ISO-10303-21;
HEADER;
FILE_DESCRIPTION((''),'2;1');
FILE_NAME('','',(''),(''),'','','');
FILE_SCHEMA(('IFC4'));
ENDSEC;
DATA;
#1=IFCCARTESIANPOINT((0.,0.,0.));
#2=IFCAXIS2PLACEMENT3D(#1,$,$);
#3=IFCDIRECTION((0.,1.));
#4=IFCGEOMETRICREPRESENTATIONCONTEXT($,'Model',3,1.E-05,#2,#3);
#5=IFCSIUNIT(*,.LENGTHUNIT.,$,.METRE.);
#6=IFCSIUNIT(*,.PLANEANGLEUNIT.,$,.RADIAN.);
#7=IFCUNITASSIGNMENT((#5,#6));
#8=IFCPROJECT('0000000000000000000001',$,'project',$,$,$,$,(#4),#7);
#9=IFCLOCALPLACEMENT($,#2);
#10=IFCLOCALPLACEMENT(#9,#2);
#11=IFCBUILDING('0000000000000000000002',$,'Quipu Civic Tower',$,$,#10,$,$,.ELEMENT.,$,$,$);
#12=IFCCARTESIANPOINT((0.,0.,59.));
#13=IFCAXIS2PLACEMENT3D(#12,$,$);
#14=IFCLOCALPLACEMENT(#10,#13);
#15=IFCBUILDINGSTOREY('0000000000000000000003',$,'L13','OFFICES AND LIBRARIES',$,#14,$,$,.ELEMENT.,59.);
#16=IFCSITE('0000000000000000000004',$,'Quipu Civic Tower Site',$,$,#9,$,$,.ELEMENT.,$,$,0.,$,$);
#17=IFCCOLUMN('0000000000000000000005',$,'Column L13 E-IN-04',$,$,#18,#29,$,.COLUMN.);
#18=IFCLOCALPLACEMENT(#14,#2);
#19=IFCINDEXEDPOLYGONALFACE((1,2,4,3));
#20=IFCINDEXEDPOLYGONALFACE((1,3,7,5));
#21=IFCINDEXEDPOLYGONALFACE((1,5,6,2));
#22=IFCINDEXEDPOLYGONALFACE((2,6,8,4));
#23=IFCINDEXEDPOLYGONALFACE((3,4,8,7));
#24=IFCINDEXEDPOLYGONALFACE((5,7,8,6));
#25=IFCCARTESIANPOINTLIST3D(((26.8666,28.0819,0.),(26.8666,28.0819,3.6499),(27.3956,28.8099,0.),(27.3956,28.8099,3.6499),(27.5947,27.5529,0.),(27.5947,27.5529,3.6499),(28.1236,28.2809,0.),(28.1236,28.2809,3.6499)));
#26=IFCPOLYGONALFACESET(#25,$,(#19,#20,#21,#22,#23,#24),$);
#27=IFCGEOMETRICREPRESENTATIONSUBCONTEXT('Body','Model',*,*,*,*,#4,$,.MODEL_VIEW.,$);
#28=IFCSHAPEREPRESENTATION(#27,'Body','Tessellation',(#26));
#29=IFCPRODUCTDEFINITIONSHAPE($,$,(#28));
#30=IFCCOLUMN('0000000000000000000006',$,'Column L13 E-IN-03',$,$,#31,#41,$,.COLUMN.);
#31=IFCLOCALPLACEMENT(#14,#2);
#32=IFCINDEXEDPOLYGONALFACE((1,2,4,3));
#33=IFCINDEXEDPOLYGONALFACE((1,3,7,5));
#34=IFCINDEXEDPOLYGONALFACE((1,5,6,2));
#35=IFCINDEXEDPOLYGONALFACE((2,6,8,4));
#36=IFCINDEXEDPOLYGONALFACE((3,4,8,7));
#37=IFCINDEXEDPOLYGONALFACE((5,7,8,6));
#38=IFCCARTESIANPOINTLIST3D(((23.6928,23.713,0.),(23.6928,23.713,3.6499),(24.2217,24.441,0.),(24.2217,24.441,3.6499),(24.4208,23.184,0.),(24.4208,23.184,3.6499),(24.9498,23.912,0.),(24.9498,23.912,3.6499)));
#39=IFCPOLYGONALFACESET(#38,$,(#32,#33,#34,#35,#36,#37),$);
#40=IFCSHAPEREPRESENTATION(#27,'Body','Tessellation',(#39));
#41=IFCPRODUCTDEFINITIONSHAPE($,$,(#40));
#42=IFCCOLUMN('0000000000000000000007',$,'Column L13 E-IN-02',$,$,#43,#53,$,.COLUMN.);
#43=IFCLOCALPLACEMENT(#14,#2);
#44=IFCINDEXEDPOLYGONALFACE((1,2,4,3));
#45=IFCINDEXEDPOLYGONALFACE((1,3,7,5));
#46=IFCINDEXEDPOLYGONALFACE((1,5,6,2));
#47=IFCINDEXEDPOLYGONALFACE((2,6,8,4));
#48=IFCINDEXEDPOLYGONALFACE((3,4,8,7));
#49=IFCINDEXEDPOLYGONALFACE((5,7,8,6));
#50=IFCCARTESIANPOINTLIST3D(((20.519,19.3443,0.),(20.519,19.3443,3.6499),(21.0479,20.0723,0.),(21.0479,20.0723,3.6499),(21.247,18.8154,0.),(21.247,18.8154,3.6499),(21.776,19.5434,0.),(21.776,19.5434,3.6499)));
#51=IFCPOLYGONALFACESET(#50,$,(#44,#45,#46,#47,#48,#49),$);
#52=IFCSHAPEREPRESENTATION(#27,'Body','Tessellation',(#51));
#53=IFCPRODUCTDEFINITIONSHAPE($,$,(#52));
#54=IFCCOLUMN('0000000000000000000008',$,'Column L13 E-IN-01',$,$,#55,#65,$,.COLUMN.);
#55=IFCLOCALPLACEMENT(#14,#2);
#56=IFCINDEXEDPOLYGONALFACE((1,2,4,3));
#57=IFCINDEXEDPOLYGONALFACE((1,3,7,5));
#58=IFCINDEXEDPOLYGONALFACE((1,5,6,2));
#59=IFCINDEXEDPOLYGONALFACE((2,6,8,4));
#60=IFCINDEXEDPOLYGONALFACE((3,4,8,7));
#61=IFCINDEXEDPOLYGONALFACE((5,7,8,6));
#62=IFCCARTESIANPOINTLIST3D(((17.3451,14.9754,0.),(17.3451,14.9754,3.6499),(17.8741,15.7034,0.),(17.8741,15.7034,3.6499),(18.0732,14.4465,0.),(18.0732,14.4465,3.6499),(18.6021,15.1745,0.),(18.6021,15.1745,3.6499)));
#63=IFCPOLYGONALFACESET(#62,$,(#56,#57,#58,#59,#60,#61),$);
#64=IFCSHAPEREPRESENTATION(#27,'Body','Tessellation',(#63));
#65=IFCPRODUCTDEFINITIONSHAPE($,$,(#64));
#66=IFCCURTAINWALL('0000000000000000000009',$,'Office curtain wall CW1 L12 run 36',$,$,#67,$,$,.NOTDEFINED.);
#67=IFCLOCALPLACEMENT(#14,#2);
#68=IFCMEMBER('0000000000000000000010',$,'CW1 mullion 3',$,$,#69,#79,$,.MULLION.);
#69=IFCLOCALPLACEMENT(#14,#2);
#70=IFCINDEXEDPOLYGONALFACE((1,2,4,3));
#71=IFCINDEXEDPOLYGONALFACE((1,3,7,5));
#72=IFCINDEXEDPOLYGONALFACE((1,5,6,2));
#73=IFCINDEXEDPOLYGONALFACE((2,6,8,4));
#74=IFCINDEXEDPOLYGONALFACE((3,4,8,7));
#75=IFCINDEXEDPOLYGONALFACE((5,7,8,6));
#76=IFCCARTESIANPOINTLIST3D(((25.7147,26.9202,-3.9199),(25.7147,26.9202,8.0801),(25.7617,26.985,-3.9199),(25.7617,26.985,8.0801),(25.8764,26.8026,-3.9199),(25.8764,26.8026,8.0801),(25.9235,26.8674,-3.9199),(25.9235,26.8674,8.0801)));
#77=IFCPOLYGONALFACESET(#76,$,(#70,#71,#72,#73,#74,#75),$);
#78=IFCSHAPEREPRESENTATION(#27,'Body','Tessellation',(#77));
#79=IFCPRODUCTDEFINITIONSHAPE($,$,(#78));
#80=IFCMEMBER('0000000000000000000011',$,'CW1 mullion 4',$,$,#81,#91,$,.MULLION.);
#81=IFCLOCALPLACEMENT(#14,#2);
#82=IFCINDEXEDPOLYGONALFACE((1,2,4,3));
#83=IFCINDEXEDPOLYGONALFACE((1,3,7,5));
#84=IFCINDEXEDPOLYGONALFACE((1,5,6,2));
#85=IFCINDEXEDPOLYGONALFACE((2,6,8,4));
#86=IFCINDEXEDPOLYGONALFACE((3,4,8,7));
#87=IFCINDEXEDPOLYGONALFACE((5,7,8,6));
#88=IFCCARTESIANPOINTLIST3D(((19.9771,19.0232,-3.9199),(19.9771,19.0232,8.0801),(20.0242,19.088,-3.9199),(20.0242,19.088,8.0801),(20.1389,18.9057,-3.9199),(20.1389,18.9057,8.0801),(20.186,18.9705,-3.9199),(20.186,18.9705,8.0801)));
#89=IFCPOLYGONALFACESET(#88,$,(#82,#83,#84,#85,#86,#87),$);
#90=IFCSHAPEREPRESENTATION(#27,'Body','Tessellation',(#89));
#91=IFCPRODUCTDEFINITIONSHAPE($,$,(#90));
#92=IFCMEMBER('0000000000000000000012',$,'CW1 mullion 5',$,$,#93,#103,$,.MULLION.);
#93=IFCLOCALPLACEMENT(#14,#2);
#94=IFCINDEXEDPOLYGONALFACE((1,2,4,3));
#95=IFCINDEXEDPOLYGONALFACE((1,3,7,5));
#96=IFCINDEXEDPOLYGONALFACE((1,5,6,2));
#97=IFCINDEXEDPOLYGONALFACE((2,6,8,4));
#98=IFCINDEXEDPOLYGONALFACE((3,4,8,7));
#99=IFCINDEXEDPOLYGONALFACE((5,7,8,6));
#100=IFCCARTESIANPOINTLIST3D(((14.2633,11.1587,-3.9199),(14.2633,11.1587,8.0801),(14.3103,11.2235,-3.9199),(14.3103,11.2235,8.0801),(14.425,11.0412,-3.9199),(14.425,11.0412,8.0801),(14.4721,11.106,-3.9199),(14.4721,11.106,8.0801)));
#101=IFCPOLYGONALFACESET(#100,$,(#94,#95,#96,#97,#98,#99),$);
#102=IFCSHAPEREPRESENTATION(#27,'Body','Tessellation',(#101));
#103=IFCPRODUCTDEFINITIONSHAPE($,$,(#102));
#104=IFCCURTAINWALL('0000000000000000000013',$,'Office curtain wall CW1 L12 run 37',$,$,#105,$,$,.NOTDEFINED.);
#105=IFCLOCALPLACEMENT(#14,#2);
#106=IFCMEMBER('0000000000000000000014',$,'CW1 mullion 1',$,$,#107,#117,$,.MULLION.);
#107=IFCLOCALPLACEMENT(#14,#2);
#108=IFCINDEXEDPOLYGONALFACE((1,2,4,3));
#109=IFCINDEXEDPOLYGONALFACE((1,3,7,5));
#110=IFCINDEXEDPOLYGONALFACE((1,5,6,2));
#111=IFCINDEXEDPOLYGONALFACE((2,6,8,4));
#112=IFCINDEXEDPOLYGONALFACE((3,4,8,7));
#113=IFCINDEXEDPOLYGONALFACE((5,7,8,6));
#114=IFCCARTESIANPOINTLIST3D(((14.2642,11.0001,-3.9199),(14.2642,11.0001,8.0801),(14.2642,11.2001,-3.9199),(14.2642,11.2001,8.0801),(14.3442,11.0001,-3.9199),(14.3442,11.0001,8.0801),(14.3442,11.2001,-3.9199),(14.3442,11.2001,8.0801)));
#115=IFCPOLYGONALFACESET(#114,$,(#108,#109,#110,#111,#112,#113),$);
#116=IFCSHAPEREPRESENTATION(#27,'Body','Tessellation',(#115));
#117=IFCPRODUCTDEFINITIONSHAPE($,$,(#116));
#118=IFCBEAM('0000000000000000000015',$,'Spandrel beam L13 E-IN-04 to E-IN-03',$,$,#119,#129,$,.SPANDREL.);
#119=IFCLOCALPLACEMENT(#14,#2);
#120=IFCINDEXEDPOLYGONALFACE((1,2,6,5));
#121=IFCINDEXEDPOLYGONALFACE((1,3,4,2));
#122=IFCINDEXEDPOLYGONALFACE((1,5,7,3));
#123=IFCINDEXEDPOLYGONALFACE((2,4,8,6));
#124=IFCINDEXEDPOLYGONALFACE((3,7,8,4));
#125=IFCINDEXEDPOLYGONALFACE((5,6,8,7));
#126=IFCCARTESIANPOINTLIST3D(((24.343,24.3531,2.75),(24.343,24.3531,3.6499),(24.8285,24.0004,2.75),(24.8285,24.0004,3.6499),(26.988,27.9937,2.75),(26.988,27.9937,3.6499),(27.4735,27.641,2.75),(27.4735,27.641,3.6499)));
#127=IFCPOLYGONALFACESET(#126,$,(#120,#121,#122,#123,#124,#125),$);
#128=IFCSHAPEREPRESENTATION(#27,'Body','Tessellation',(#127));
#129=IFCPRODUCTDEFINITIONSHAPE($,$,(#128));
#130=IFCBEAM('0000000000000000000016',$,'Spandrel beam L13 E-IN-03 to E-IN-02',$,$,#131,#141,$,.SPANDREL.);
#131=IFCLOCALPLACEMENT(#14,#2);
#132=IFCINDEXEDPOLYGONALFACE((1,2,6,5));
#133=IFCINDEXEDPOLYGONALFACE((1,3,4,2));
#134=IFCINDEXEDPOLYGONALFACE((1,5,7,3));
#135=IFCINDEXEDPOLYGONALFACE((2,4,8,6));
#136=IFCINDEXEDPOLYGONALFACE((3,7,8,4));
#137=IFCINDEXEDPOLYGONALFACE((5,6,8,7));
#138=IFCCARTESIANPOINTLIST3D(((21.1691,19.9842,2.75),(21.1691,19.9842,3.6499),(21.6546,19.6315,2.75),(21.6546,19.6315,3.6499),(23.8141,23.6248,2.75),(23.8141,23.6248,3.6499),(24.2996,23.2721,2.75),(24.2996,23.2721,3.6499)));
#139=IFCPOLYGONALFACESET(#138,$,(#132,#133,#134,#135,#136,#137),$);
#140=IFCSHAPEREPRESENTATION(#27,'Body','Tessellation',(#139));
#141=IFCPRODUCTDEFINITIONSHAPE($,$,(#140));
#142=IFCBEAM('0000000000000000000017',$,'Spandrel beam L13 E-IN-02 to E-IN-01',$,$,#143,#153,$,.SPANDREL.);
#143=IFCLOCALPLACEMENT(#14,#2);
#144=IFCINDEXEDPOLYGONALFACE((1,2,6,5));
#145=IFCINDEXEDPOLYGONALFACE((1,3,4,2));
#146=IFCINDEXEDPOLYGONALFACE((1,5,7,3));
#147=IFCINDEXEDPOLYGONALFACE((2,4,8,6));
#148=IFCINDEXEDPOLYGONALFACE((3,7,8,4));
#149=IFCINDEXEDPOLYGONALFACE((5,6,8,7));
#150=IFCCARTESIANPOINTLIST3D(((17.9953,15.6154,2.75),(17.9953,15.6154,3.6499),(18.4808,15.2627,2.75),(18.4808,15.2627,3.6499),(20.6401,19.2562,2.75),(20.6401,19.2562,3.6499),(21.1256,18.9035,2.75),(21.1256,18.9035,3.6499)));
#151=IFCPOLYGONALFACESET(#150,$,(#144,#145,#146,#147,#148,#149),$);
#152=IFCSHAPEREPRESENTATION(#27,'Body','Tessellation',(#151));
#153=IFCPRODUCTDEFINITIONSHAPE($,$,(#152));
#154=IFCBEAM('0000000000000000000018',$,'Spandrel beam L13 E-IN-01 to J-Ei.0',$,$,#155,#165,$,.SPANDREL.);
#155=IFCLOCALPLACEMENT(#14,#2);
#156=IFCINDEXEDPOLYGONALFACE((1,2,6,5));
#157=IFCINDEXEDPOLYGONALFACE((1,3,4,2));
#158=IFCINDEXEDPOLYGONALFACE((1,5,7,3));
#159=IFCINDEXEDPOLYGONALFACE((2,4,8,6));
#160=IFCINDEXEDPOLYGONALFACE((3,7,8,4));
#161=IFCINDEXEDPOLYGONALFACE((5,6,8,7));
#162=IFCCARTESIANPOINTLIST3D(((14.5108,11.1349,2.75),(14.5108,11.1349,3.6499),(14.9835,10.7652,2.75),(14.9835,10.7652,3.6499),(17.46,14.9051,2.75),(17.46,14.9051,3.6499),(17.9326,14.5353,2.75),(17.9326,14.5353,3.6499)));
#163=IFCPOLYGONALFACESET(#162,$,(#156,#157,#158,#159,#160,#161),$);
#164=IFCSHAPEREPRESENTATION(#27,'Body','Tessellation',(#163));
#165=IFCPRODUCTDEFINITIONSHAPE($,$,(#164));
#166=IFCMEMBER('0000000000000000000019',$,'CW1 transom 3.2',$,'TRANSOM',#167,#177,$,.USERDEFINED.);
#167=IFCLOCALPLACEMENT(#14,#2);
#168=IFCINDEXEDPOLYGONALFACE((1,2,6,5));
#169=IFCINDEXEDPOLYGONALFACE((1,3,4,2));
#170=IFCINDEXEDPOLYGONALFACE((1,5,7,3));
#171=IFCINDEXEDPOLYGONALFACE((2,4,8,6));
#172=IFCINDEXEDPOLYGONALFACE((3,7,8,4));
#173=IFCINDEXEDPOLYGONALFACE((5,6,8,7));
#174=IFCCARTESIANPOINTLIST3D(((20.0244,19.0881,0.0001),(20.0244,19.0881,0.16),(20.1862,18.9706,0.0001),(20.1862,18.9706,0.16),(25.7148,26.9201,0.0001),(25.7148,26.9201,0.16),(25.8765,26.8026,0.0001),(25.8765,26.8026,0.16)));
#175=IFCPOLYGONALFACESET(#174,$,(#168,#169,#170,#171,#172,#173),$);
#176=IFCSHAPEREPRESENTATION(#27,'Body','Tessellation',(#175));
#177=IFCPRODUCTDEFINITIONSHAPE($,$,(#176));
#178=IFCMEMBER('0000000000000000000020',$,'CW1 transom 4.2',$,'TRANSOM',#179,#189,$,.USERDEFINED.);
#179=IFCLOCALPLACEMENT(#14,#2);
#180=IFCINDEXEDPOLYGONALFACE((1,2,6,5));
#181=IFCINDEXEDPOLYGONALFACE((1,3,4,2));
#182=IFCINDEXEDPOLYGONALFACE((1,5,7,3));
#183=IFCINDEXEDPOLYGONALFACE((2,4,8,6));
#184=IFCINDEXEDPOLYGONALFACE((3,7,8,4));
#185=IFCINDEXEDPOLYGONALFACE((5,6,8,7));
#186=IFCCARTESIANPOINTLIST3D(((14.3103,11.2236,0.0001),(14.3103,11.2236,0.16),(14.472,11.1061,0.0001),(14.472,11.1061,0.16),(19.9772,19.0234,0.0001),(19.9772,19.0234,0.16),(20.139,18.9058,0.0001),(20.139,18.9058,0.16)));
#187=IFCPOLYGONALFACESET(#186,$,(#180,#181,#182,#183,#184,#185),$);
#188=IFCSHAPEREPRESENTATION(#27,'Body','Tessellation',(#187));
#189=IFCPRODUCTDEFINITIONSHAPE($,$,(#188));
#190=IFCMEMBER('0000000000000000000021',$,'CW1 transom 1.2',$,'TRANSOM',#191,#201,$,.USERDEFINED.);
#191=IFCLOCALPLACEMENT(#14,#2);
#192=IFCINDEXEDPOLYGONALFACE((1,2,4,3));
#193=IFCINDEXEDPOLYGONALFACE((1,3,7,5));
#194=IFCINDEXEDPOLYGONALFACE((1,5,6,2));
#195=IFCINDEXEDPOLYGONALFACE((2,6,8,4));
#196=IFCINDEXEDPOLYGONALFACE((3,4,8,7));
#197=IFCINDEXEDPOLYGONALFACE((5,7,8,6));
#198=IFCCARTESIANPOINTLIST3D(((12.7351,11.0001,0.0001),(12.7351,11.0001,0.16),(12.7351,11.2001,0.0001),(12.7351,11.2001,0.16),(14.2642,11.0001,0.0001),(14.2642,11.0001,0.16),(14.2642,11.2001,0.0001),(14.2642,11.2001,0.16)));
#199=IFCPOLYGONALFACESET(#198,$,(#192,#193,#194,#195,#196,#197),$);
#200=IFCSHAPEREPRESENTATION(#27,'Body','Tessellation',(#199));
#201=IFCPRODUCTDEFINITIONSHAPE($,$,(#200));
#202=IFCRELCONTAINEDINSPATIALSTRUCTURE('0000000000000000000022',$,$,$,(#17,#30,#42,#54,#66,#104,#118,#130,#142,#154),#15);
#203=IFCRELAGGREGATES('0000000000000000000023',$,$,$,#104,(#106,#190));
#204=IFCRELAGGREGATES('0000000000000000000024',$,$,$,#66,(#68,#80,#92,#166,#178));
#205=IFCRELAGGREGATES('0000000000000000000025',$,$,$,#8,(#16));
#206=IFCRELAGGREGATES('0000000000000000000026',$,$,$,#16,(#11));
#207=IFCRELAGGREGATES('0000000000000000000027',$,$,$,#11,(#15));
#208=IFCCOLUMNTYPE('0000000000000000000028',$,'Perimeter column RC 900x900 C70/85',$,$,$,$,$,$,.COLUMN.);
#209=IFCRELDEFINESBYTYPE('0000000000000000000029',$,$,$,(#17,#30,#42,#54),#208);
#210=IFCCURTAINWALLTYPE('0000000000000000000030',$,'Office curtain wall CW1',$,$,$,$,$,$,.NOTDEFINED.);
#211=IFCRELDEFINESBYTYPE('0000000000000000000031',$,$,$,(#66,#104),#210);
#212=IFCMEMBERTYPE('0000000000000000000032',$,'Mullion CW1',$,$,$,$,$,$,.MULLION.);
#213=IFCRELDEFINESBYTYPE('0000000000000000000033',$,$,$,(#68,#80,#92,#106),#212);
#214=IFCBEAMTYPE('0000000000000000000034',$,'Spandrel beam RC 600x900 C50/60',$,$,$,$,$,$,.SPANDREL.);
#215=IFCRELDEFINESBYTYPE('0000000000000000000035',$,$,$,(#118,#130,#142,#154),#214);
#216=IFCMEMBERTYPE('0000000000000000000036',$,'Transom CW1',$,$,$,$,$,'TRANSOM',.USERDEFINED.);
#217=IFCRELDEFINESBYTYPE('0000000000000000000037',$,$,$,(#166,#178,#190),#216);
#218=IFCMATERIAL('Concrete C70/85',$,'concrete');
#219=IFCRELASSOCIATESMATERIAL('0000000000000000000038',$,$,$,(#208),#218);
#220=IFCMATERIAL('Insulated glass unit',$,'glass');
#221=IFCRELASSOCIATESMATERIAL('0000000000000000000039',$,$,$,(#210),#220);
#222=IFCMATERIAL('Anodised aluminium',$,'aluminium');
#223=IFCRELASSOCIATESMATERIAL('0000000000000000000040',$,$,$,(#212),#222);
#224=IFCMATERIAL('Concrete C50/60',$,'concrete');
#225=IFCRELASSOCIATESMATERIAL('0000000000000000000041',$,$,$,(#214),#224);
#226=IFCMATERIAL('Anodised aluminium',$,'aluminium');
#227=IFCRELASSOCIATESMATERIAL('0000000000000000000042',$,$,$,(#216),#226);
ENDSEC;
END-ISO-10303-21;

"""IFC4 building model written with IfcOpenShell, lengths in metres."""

from ifc_helpers import new_model, si_unit, direction, frame, origin, origin_2d, place, context, subcontext, project, spatial, rectangle, extrude, material, material_profile, profile_set, type_object, element, aggregate, save


model = new_model("IFC4")

# Units and contexts
model_context = context("Model", 3, precision=1e-05, world=origin(), true_north=direction((0.0, 1.0)))
body_context = subcontext(model_context, "Body", "Model", "MODEL_VIEW")
ifc_project = project(units=[si_unit("LENGTHUNIT", "METRE"), si_unit("PLANEANGLEUNIT", "RADIAN")], contexts=[model_context])

# Site, building, storey
site_placement = place(None, origin())
site = spatial("IfcSite", under=ifc_project, at=site_placement, Name="Quipu Civic Tower Site", CompositionType="ELEMENT", RefElevation=0.0)
building_placement = place(site_placement, origin())
building = spatial("IfcBuilding", under=site, at=building_placement, Name="Quipu Civic Tower", CompositionType="ELEMENT")
storey_placement = place(building_placement, frame((0.0, 0.0, 59.0)))
storey = spatial("IfcBuildingStorey", under=building, at=storey_placement, Name="L13", Description="OFFICES AND LIBRARIES", CompositionType="ELEMENT", Elevation=59.0)

# Columns
ifc_material_1 = material(Name="Concrete C70/85", Category="concrete")
ifc_material_profile_1 = material_profile(ifc_material_1, rectangle(XDim=0.8999, YDim=0.8999, at=origin_2d()), Name="RC900x900")
ifc_profile_set_1 = profile_set([ifc_material_profile_1], Name="Concrete C70/85")
column_type = type_object("IfcColumnType", Name="Perimeter column RC 900x900 C70/85", PredefinedType="COLUMN", material=ifc_profile_set_1)
for number, where, z_axis, x_axis, name in (
    (1, (27.4951, 28.1814, 0.0), (0.0, 0.0, 1.0), (-0.587785, -0.809017, 0.0), "Column L13 E-IN-04"),
    (2, (24.3213, 23.8125, 0.0), (0.0, 0.0, 1.0), (-0.587785, -0.809017, 0.0), "Column L13 E-IN-03"),
    (3, (21.1475, 19.4438, 0.0), (0.0, 0.0, 1.0), (-0.587785, -0.809017, 0.0), "Column L13 E-IN-02"),
    (4, (17.9736, 15.075, 0.0), (0.0, 0.0, 1.0), (-0.587785, -0.809017, 0.0), "Column L13 E-IN-01"),
):
    element("IfcColumn", number, at=place(storey_placement, frame(where, z_axis=z_axis, x_axis=x_axis)), inside=storey, type_object=column_type, Name=name, PredefinedType="COLUMN", context=body_context, shape_type="SweptSolid", body=[
        extrude(rectangle(XDim=0.8999, YDim=0.8999, at=origin_2d()), origin(), (0.0, 0.0, 1.0), 3.6499),
    ])

# Curtain wall, members
ifc_material_2 = material(Name="Insulated glass unit", Category="glass")
curtain_wall_type = type_object("IfcCurtainWallType", Name="Office curtain wall CW1", PredefinedType="NOTDEFINED", material=ifc_material_2)
curtain_wall_1_placement = place(storey_placement, origin())
curtain_wall_1 = element("IfcCurtainWall", 5, at=curtain_wall_1_placement, inside=storey, type_object=curtain_wall_type, Name="Office curtain wall CW1 L12 run 36", PredefinedType="NOTDEFINED")
ifc_material_3 = material(Name="Anodised aluminium", Category="aluminium")
ifc_material_profile_2 = material_profile(ifc_material_3, rectangle(XDim=0.2, YDim=0.0801, at=origin_2d()), Name="RECT 200x80")
ifc_profile_set_2 = profile_set([ifc_material_profile_2], Name="Anodised aluminium")
member_type_1 = type_object("IfcMemberType", Name="Mullion CW1", PredefinedType="MULLION", material=ifc_profile_set_2)
member_1_placement = place(storey_placement, frame((25.8191, 26.8938, -3.9199), z_axis=(0.0, 0.0, 1.0), x_axis=(0.809017, -0.587786, 0.0)))
member_1 = element("IfcMember", 6, at=member_1_placement, type_object=member_type_1, Name="CW1 mullion 3", PredefinedType="MULLION", context=body_context, shape_type="SweptSolid", body=[
    extrude(rectangle(XDim=0.2, YDim=0.0801, at=origin_2d()), origin(), (0.0, 0.0, 1.0), 12.0),
])
member_2_placement = place(storey_placement, frame((20.0815, 18.9968, -3.9199), z_axis=(0.0, 0.0, 1.0), x_axis=(0.809017, -0.587786, 0.0)))
member_2 = element("IfcMember", 7, at=member_2_placement, type_object=member_type_1, Name="CW1 mullion 4", PredefinedType="MULLION", context=body_context, shape_type="SweptSolid", body=[
    extrude(rectangle(XDim=0.2, YDim=0.0801, at=origin_2d()), origin(), (0.0, 0.0, 1.0), 12.0),
])
member_3_placement = place(storey_placement, frame((14.3677, 11.1323, -3.9199), z_axis=(0.0, 0.0, 1.0), x_axis=(0.809017, -0.587786, 0.0)))
member_3 = element("IfcMember", 8, at=member_3_placement, type_object=member_type_1, Name="CW1 mullion 5", PredefinedType="MULLION", context=body_context, shape_type="SweptSolid", body=[
    extrude(rectangle(XDim=0.2, YDim=0.0801, at=origin_2d()), origin(), (0.0, 0.0, 1.0), 12.0),
])

# Curtain wall, member
curtain_wall_2_placement = place(storey_placement, origin())
curtain_wall_2 = element("IfcCurtainWall", 9, at=curtain_wall_2_placement, inside=storey, type_object=curtain_wall_type, Name="Office curtain wall CW1 L12 run 37", PredefinedType="NOTDEFINED")
member_4_placement = place(storey_placement, frame((14.3042, 11.1001, -3.9199), z_axis=(0.0, 0.0, 1.0), x_axis=(0.0, -1.0, 0.0)))
member_4 = element("IfcMember", 10, at=member_4_placement, type_object=member_type_1, Name="CW1 mullion 1", PredefinedType="MULLION", context=body_context, shape_type="SweptSolid", body=[
    extrude(rectangle(XDim=0.2, YDim=0.0801, at=origin_2d()), origin(), (0.0, 0.0, 1.0), 12.0),
])

# Beams
ifc_material_4 = material(Name="Concrete C50/60", Category="concrete")
ifc_material_profile_3 = material_profile(ifc_material_4, rectangle(XDim=0.6001, YDim=0.8999, at=origin_2d()), Name="RC600x900")
ifc_profile_set_3 = profile_set([ifc_material_profile_3], Name="Concrete C50/60")
beam_type = type_object("IfcBeamType", Name="Spandrel beam RC 600x900 C50/60", PredefinedType="SPANDREL", material=ifc_profile_set_3)
for number, where, z_axis, x_axis, name in (
    (11, (27.2307, 27.8174, 3.2), (-0.587778, -0.809022, 0.0), (0.809022, -0.587778, 0.0), "Spandrel beam L13 E-IN-04 to E-IN-03"),
    (12, (24.0569, 23.4485, 3.2), (-0.587778, -0.809022, 0.0), (0.809022, -0.587778, 0.0), "Spandrel beam L13 E-IN-03 to E-IN-02"),
    (13, (20.8828, 19.0798, 3.2), (-0.587717, -0.809067, 0.0), (0.809067, -0.587717, 0.0), "Spandrel beam L13 E-IN-02 to E-IN-01"),
):
    element("IfcBeam", number, at=place(storey_placement, frame(where, z_axis=z_axis, x_axis=x_axis)), inside=storey, type_object=beam_type, Name=name, PredefinedType="SPANDREL", context=body_context, shape_type="SweptSolid", body=[
        extrude(rectangle(XDim=0.6001, YDim=0.8999, at=origin_2d()), origin(), (0.0, 0.0, 1.0), 4.5),
    ])
beam_placement = place(storey_placement, frame((17.6963, 14.7202, 3.2), z_axis=(-0.616124, -0.787649, 0.0), x_axis=(0.787649, -0.616124, 0.0)))
element("IfcBeam", 14, at=beam_placement, inside=storey, type_object=beam_type, Name="Spandrel beam L13 E-IN-01 to J-Ei.0", PredefinedType="SPANDREL", context=body_context, shape_type="SweptSolid", body=[
    extrude(rectangle(XDim=0.6001, YDim=0.8999, at=origin_2d()), origin(), (0.0, 0.0, 1.0), 4.7866),
])

# Members
ifc_material_5 = material(Name="Anodised aluminium", Category="aluminium")
ifc_material_profile_4 = material_profile(ifc_material_5, rectangle(XDim=0.2, YDim=0.1599, at=origin_2d()), Name="RECT 200x160")
ifc_profile_set_4 = profile_set([ifc_material_profile_4], Name="Anodised aluminium")
member_type_2 = type_object("IfcMemberType", Name="Transom CW1", ElementType="TRANSOM", PredefinedType="USERDEFINED", material=ifc_profile_set_4)
member_5_placement = place(storey_placement, frame((25.7957, 26.8613, 0.0801), z_axis=(-0.587794, -0.809011, 0.0), x_axis=(0.809011, -0.587794, 0.0)))
member_5 = element("IfcMember", 15, at=member_5_placement, type_object=member_type_2, Name="CW1 transom 3.2", ObjectType="TRANSOM", PredefinedType="USERDEFINED", context=body_context, shape_type="SweptSolid", body=[
    extrude(rectangle(XDim=0.2, YDim=0.1599, at=origin_2d()), origin(), (0.0, 0.0, 1.0), 9.6809),
])
member_6_placement = place(storey_placement, frame((20.0581, 18.9646, 0.0801), z_axis=(-0.587792, -0.809012, 0.0), x_axis=(0.809012, -0.587792, 0.0)))
member_6 = element("IfcMember", 16, at=member_6_placement, type_object=member_type_2, Name="CW1 transom 4.2", ObjectType="TRANSOM", PredefinedType="USERDEFINED", context=body_context, shape_type="SweptSolid", body=[
    extrude(rectangle(XDim=0.2, YDim=0.1599, at=origin_2d()), origin(), (0.0, 0.0, 1.0), 9.6411),
])
member_7_placement = place(storey_placement, frame((14.2642, 11.1001, 0.0801), z_axis=(-1.0, 0.0, 0.0), x_axis=(0.0, -1.0, 0.0)))
member_7 = element("IfcMember", 17, at=member_7_placement, type_object=member_type_2, Name="CW1 transom 1.2", ObjectType="TRANSOM", PredefinedType="USERDEFINED", context=body_context, shape_type="SweptSolid", body=[
    extrude(rectangle(XDim=0.2, YDim=0.1599, at=origin_2d()), origin(), (0.0, 0.0, 1.0), 1.5291),
])
aggregate(curtain_wall_2, [member_4, member_7])

aggregate(curtain_wall_1, [member_1, member_2, member_3, member_5, member_6])

save(model, "model.ifc")
